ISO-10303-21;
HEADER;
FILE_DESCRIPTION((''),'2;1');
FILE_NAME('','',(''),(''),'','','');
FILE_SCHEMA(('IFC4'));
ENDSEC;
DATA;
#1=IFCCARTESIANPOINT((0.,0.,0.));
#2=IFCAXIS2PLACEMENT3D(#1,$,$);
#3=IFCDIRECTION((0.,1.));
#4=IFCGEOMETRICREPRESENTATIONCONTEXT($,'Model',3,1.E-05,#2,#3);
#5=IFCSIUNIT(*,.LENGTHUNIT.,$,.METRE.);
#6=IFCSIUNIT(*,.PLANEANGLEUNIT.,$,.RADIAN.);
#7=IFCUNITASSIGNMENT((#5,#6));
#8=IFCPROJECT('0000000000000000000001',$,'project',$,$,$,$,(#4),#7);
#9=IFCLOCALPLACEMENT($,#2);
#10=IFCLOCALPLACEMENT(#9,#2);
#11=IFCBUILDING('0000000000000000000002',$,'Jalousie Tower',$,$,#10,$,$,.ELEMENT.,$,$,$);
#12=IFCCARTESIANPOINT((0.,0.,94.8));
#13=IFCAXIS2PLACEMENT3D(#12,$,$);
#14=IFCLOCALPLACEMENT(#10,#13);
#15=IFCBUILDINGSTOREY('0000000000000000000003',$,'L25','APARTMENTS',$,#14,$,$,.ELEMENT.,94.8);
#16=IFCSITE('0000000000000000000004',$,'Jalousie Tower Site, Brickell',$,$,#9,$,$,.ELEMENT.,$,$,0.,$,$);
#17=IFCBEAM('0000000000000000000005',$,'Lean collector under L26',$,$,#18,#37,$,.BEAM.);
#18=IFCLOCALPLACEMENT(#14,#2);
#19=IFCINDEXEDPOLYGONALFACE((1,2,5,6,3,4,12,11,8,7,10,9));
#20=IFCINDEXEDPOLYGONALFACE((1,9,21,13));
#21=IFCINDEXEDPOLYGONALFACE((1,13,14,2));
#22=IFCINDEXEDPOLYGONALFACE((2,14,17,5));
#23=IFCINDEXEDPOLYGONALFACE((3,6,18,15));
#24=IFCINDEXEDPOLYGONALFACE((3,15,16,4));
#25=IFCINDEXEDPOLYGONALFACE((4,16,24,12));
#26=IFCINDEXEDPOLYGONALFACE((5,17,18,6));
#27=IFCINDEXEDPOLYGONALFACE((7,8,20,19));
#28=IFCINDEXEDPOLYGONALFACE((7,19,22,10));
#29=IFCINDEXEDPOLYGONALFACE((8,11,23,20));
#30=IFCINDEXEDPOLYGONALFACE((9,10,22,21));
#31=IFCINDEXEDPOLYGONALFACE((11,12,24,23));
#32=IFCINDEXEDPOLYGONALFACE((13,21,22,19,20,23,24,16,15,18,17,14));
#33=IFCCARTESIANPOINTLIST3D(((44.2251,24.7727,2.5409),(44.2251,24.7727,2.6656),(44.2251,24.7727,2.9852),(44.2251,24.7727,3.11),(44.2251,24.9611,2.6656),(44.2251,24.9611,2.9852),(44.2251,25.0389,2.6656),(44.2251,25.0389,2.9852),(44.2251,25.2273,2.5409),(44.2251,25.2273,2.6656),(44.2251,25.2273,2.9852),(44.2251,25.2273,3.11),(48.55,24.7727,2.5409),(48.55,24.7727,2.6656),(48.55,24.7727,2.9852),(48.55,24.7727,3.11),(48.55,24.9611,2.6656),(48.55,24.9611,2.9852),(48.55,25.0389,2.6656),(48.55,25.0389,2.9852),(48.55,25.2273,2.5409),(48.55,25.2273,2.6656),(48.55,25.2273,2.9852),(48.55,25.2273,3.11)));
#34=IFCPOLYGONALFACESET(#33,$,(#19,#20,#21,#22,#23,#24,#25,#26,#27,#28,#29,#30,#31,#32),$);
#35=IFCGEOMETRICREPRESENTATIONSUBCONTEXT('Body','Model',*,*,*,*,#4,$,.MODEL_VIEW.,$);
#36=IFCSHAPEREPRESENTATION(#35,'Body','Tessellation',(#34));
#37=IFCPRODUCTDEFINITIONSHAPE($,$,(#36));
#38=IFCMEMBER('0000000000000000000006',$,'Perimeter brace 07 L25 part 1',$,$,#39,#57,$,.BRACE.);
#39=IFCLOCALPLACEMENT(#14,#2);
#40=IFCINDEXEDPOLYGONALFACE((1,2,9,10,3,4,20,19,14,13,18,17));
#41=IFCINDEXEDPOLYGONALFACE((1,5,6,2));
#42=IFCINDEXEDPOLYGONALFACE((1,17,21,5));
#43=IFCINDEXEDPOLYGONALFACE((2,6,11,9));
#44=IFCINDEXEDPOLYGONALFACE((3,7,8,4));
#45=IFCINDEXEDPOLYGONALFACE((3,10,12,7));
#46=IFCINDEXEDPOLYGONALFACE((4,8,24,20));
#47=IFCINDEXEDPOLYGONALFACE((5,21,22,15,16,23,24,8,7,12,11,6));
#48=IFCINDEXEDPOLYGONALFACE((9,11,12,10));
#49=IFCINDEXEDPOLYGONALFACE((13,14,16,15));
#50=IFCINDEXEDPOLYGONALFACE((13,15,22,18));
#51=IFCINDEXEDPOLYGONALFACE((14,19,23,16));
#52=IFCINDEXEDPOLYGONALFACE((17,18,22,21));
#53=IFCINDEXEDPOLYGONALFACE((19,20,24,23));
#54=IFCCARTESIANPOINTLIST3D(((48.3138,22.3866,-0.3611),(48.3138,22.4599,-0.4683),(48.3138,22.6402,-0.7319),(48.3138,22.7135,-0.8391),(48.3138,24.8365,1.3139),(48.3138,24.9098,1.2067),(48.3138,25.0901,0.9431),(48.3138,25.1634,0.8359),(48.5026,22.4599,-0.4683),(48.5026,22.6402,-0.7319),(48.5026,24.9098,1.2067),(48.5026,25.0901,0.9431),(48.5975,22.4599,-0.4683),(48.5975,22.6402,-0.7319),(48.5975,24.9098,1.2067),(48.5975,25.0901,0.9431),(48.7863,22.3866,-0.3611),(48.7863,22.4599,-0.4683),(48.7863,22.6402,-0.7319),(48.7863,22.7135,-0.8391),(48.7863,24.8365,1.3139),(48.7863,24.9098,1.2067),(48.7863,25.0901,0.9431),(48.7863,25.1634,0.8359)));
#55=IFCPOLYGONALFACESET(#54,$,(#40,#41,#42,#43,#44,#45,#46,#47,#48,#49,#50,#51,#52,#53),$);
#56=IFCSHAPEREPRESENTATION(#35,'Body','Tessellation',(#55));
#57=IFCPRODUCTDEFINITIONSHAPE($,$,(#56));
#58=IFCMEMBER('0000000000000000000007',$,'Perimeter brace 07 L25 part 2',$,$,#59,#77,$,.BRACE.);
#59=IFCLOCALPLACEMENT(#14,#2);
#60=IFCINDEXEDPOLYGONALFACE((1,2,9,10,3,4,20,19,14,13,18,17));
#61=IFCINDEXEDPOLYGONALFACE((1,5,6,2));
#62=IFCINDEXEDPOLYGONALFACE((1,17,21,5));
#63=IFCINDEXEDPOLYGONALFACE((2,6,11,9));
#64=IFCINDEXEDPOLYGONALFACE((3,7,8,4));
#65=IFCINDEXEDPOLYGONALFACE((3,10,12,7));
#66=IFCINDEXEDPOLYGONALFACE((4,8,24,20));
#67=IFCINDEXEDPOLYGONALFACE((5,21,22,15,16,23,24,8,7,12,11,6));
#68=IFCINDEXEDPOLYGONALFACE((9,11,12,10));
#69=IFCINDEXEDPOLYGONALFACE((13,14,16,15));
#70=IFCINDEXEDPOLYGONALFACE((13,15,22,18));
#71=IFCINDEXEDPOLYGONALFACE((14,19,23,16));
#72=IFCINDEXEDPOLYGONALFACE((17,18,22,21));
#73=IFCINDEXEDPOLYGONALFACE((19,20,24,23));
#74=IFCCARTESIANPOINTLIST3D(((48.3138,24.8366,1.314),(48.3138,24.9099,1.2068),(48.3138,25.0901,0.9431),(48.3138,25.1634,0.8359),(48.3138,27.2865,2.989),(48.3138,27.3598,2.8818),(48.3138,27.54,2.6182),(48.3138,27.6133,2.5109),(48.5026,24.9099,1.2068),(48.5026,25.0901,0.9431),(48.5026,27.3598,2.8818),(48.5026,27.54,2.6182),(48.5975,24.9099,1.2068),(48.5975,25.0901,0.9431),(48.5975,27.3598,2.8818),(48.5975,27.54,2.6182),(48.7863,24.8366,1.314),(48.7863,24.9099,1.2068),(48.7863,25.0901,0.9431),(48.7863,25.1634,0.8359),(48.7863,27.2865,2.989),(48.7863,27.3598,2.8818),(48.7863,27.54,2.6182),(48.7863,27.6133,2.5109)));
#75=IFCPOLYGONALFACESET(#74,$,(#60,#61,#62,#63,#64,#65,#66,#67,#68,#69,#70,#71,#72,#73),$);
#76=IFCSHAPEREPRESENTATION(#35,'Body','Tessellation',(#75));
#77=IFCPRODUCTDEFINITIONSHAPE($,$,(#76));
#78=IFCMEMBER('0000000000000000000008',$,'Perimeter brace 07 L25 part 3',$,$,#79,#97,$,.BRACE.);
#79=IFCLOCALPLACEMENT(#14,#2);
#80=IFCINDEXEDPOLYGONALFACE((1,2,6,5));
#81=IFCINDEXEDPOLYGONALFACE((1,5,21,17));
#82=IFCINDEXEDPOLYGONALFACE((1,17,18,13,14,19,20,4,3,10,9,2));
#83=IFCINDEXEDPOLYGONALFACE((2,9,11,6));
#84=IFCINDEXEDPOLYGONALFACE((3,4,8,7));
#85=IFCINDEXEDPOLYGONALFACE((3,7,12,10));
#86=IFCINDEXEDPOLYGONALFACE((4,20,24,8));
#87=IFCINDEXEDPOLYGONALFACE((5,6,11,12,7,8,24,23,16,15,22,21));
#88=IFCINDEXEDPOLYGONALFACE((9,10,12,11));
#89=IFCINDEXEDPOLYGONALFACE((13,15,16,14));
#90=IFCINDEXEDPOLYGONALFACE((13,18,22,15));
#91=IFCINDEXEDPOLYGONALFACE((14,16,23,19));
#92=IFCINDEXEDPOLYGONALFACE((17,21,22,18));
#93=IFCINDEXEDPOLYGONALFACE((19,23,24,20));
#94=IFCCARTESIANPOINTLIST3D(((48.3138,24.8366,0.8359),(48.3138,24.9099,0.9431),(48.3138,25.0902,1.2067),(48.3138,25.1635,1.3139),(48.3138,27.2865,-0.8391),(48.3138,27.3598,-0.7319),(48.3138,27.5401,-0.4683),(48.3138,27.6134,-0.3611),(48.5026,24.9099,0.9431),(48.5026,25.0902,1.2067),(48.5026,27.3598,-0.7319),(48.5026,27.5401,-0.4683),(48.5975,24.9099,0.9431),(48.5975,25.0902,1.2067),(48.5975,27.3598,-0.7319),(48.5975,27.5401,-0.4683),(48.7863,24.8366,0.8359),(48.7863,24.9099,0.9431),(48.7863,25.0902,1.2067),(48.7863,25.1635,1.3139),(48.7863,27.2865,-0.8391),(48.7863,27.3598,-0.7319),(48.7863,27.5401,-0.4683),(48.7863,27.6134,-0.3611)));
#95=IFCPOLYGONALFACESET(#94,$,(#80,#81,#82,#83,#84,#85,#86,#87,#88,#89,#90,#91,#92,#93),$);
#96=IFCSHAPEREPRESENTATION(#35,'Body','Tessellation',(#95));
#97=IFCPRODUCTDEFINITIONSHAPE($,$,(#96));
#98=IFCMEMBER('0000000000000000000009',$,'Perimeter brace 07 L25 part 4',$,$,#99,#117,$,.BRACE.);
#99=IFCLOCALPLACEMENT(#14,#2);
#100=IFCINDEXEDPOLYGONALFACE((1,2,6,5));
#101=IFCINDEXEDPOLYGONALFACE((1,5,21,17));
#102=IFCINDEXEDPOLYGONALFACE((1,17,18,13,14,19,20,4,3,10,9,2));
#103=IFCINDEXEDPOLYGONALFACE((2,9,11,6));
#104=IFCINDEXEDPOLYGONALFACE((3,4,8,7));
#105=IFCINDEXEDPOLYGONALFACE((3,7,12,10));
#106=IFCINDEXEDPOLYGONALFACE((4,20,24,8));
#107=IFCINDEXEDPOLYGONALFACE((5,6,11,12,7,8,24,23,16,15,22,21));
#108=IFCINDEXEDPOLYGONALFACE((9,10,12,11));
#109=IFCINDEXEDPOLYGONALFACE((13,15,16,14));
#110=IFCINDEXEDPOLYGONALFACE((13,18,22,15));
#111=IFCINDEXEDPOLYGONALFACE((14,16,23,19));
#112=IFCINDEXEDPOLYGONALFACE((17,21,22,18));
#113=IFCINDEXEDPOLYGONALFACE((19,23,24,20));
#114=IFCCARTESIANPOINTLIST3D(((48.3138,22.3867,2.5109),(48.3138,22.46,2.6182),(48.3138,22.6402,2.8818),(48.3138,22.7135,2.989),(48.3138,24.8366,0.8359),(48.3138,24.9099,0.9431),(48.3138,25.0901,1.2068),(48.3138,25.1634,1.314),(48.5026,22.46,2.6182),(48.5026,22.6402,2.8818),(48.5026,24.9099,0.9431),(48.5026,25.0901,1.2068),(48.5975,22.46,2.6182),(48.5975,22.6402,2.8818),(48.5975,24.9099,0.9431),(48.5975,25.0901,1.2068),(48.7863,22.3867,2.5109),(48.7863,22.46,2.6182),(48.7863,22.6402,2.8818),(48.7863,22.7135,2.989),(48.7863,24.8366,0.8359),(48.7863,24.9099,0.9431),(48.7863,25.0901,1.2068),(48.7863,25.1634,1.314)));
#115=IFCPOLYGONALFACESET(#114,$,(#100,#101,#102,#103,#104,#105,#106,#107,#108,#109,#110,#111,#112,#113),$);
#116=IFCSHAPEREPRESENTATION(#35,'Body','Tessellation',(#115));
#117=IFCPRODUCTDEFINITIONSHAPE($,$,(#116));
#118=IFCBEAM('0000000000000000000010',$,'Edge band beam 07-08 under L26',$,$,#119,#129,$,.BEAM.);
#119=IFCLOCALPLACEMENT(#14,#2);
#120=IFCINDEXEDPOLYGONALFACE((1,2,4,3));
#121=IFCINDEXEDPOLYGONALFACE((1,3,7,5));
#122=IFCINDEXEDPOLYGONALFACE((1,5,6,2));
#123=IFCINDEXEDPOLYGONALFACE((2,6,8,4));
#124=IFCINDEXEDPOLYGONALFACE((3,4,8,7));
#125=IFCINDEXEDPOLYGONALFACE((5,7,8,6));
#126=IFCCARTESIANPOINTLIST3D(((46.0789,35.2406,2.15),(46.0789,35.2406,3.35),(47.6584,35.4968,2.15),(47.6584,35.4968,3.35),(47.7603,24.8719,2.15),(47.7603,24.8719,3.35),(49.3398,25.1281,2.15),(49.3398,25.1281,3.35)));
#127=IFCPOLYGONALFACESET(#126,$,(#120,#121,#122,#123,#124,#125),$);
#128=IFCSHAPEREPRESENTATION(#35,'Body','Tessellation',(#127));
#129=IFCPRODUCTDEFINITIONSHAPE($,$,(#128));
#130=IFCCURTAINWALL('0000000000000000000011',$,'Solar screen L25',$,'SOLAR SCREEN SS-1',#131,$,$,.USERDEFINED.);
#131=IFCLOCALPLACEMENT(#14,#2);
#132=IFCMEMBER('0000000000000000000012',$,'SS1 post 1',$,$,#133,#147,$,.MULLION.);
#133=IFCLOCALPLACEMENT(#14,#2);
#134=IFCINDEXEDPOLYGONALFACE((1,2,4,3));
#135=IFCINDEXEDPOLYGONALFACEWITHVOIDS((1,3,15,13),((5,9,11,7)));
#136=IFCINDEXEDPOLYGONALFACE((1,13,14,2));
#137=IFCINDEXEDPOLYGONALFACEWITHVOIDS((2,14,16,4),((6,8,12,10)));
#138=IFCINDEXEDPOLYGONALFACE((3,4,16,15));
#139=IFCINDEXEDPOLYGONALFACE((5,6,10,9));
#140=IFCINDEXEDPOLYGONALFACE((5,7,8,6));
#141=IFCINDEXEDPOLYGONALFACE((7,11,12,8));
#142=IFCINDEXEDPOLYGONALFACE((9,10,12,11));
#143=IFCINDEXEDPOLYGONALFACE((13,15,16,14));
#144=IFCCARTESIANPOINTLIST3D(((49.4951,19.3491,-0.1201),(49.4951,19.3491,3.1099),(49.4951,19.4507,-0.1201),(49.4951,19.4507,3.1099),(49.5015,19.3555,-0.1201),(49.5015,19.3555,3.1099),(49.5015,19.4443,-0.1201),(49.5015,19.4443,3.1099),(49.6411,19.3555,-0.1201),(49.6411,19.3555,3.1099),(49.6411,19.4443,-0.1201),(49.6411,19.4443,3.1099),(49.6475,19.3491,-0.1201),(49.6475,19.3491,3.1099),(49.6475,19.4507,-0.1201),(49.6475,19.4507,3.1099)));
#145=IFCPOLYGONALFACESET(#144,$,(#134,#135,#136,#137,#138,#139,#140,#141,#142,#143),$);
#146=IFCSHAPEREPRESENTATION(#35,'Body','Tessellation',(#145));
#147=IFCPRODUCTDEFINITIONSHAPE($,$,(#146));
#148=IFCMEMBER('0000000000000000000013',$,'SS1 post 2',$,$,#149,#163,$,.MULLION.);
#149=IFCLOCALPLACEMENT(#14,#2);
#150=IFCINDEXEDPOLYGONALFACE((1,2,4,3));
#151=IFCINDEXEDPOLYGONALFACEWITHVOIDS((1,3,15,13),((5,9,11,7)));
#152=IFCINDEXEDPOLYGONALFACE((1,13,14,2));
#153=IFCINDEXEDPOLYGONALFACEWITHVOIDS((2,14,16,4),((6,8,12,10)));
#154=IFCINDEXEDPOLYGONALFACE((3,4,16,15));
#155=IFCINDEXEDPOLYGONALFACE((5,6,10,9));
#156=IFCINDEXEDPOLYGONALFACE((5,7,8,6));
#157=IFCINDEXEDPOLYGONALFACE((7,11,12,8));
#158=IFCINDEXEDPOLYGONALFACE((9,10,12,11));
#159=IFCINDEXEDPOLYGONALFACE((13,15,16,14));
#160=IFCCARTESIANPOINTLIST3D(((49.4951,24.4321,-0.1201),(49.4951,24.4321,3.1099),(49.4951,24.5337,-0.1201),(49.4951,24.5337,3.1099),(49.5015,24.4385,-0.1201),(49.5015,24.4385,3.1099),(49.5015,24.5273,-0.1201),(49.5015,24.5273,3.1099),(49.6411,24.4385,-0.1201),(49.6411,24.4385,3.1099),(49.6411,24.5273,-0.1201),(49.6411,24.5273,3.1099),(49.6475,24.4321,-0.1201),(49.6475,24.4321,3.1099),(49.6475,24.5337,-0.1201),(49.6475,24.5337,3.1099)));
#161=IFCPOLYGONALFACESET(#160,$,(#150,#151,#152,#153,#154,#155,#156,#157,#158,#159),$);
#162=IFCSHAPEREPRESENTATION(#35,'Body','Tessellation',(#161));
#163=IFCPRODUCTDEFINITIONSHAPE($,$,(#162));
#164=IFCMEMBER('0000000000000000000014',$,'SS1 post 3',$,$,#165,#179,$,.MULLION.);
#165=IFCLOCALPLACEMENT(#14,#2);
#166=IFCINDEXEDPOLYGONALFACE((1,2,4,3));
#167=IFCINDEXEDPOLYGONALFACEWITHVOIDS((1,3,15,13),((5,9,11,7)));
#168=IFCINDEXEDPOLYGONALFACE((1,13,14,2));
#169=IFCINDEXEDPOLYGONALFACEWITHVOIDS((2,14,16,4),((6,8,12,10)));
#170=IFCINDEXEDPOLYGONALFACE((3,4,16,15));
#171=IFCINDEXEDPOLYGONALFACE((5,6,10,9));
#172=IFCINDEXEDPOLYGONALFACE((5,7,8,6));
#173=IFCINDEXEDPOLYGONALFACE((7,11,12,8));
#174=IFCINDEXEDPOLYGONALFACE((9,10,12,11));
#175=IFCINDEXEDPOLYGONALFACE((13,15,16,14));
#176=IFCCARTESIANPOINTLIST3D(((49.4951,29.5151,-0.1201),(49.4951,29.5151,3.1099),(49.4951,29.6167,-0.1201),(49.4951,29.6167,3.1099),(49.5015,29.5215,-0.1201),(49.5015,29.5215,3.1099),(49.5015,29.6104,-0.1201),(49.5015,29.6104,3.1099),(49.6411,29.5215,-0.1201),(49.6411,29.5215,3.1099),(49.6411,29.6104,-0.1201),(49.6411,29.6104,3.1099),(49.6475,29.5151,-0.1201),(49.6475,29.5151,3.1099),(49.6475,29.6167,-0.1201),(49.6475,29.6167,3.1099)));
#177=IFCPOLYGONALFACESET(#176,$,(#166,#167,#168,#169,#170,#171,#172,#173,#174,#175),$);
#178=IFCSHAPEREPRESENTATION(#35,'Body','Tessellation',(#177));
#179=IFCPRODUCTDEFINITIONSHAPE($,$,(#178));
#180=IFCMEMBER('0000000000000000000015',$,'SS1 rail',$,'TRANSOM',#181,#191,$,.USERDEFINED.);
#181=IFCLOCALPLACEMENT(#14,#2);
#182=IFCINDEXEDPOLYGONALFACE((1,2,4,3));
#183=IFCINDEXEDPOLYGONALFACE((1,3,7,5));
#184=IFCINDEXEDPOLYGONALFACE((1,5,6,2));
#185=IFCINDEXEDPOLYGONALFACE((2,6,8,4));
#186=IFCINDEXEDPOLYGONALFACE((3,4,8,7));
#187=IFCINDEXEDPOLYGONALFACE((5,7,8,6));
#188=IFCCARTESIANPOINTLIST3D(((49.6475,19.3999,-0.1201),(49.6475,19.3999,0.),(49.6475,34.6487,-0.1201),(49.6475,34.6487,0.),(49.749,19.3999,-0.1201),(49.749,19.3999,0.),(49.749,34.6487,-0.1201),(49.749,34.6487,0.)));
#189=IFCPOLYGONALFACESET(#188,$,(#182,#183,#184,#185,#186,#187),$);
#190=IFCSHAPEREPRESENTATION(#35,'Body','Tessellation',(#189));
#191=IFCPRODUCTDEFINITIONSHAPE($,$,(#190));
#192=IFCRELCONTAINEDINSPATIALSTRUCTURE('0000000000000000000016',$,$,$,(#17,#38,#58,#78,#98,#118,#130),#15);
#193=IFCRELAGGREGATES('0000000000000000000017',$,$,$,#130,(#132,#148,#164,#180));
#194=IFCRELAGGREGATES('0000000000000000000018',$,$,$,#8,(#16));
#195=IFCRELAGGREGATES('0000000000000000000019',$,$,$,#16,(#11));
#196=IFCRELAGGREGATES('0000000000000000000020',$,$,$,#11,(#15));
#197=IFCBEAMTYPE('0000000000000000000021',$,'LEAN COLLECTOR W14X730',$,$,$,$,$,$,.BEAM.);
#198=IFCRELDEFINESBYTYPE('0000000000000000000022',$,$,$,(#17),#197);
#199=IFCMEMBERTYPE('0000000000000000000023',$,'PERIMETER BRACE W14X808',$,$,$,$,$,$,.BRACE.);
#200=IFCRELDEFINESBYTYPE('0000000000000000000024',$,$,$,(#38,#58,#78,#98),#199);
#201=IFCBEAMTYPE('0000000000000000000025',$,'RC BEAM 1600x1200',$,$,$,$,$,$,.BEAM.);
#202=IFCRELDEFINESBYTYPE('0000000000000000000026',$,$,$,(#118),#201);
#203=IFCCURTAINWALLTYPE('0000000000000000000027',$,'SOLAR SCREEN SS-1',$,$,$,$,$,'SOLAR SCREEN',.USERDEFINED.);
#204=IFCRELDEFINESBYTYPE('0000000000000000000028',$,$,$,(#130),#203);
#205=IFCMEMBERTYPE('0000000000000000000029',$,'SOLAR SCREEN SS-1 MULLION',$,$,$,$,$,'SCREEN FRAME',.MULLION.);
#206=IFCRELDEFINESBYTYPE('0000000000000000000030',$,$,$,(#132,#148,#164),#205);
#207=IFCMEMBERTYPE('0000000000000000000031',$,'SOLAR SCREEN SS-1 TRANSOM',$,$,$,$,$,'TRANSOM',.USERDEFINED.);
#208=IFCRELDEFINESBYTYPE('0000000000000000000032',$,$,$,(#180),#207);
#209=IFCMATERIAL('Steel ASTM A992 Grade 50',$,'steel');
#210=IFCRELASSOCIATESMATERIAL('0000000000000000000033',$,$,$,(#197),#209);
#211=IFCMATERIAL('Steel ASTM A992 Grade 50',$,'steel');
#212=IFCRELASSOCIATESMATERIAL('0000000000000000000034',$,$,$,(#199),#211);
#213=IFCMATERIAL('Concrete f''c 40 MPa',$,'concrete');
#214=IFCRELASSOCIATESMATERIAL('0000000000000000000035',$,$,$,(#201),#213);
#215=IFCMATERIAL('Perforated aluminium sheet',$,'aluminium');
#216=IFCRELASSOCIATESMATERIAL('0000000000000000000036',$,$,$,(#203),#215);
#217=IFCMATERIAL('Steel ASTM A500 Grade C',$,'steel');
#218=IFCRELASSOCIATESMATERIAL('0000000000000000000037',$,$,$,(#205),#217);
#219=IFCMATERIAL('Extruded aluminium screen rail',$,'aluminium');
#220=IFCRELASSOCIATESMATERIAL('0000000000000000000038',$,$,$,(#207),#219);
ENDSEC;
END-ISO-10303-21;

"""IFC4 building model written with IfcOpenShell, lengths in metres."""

from ifc_helpers import new_model, si_unit, direction, frame, origin, origin_2d, place, context, subcontext, project, spatial, rectangle, hollow_rectangle, i_section, extrude, material, material_profile, profile_set, type_object, element, aggregate, save


model = new_model("IFC4")

# Units and contexts
model_context = context("Model", 3, precision=1e-05, world=origin(), true_north=direction((0.0, 1.0)))
body_context = subcontext(model_context, "Body", "Model", "MODEL_VIEW")
ifc_project = project(units=[si_unit("LENGTHUNIT", "METRE"), si_unit("PLANEANGLEUNIT", "RADIAN")], contexts=[model_context])

# Site, building, storey
site_placement = place(None, origin())
site = spatial("IfcSite", under=ifc_project, at=site_placement, Name="Jalousie Tower Site, Brickell", CompositionType="ELEMENT", RefElevation=0.0)
building_placement = place(site_placement, origin())
building = spatial("IfcBuilding", under=site, at=building_placement, Name="Jalousie Tower", CompositionType="ELEMENT")
storey_placement = place(building_placement, frame((0.0, 0.0, 94.8)))
storey = spatial("IfcBuildingStorey", under=building, at=storey_placement, Name="L25", Description="APARTMENTS", CompositionType="ELEMENT", Elevation=94.8)

# Beam
ifc_material_1 = material(Name="Steel ASTM A992 Grade 50", Category="steel")
ifc_material_profile_1 = material_profile(ifc_material_1, i_section(OverallWidth=0.4546, OverallDepth=0.5691, WebThickness=0.0779, FlangeThickness=0.1248, at=origin_2d()), Name="W14X730")
ifc_profile_set_1 = profile_set([ifc_material_profile_1], Name="Steel ASTM A992 Grade 50")
beam_type_1 = type_object("IfcBeamType", Name="LEAN COLLECTOR W14X730", PredefinedType="BEAM", material=ifc_profile_set_1)
beam_1_placement = place(storey_placement, frame((48.55, 25.0, 2.8254), z_axis=(-1.0, 0.0, 0.0), x_axis=(0.0, -1.0, 0.0)))
element("IfcBeam", 1, at=beam_1_placement, inside=storey, type_object=beam_type_1, Name="Lean collector under L26", PredefinedType="BEAM", context=body_context, shape_type="SweptSolid", body=[
    extrude(i_section(OverallWidth=0.4546, OverallDepth=0.5691, WebThickness=0.0779, FlangeThickness=0.1248, at=origin_2d()), origin(), (0.0, 0.0, 1.0), 4.325),
])

# Members
ifc_material_2 = material(Name="Steel ASTM A992 Grade 50", Category="steel")
ifc_material_profile_2 = material_profile(ifc_material_2, i_section(OverallWidth=0.4724, OverallDepth=0.5791, WebThickness=0.095, FlangeThickness=0.1299, at=origin_2d()), Name="W14X808")
ifc_profile_set_2 = profile_set([ifc_material_profile_2], Name="Steel ASTM A992 Grade 50")
member_type_1 = type_object("IfcMemberType", Name="PERIMETER BRACE W14X808", PredefinedType="BRACE", material=ifc_profile_set_2)
for number, where, z_axis, x_axis, name in (
    (2, (48.55, 22.55, -0.6001), (0.0, 0.825501, 0.564401), (-1.0, 0.0, 0.0), "Perimeter brace 07 L25 part 1"),
    (3, (48.55, 25.0, 1.075), (0.0, 0.825501, 0.564401), (-1.0, 0.0, 0.0), "Perimeter brace 07 L25 part 2"),
    (4, (48.55, 27.45, -0.6001), (0.0, -0.825501, 0.564401), (1.0, 0.0, 0.0), "Perimeter brace 07 L25 part 3"),
    (5, (48.55, 25.0, 1.075), (0.0, -0.825501, 0.564401), (1.0, 0.0, 0.0), "Perimeter brace 07 L25 part 4"),
):
    element("IfcMember", number, at=place(storey_placement, frame(where, z_axis=z_axis, x_axis=x_axis)), inside=storey, type_object=member_type_1, Name=name, PredefinedType="BRACE", context=body_context, shape_type="SweptSolid", body=[
        extrude(i_section(OverallWidth=0.4724, OverallDepth=0.5791, WebThickness=0.095, FlangeThickness=0.1299, at=origin_2d()), origin(), (0.0, 0.0, 1.0), 2.9678),
    ])

# Beam
ifc_material_3 = material(Name="Concrete f'c 40 MPa", Category="concrete")
ifc_material_profile_3 = material_profile(ifc_material_3, rectangle(XDim=1.6001, YDim=1.2, at=origin_2d()), Name="RC 1600x1200")
ifc_profile_set_3 = profile_set([ifc_material_profile_3], Name="Concrete f'c 40 MPa")
beam_type_2 = type_object("IfcBeamType", Name="RC BEAM 1600x1200", PredefinedType="BEAM", material=ifc_profile_set_3)
beam_2_placement = place(storey_placement, frame((48.55, 25.0, 2.75), z_axis=(-0.160071, 0.987106, 0.0), x_axis=(-0.987106, -0.160071, 0.0)))
element("IfcBeam", 6, at=beam_2_placement, inside=storey, type_object=beam_type_2, Name="Edge band beam 07-08 under L26", PredefinedType="BEAM", context=body_context, shape_type="SweptSolid", body=[
    extrude(rectangle(XDim=1.6001, YDim=1.2, at=origin_2d()), origin(), (0.0, 0.0, 1.0), 10.5042),
])

# Curtain wall, members
ifc_material_4 = material(Name="Perforated aluminium sheet", Category="aluminium")
curtain_wall_type = type_object("IfcCurtainWallType", Name="SOLAR SCREEN SS-1", ElementType="SOLAR SCREEN", PredefinedType="USERDEFINED", material=ifc_material_4)
curtain_wall_placement = place(storey_placement, origin())
curtain_wall = element("IfcCurtainWall", 7, at=curtain_wall_placement, inside=storey, type_object=curtain_wall_type, Name="Solar screen L25", ObjectType="SOLAR SCREEN SS-1", PredefinedType="USERDEFINED")
ifc_material_5 = material(Name="Steel ASTM A500 Grade C", Category="steel")
ifc_material_profile_4 = material_profile(ifc_material_5, hollow_rectangle(XDim=0.1016, YDim=0.1523, WallThickness=0.0063, at=origin_2d()), Name="HSS6X4X1/4")
ifc_profile_set_4 = profile_set([ifc_material_profile_4], Name="Steel ASTM A500 Grade C")
member_type_2 = type_object("IfcMemberType", Name="SOLAR SCREEN SS-1 MULLION", ElementType="SCREEN FRAME", PredefinedType="MULLION", material=ifc_profile_set_4)
member_1_placement = place(storey_placement, frame((49.5713, 19.3999, -0.1201), z_axis=(0.0, 0.0, 1.0), x_axis=(0.0, 1.0, 0.0)))
member_1 = element("IfcMember", 8, at=member_1_placement, type_object=member_type_2, Name="SS1 post 1", PredefinedType="MULLION", context=body_context, shape_type="SweptSolid", body=[
    extrude(hollow_rectangle(XDim=0.1016, YDim=0.1523, WallThickness=0.0063, at=origin_2d()), origin(), (0.0, 0.0, 1.0), 3.23),
])
member_2_placement = place(storey_placement, frame((49.5713, 24.4829, -0.1201), z_axis=(0.0, 0.0, 1.0), x_axis=(0.0, 1.0, 0.0)))
member_2 = element("IfcMember", 9, at=member_2_placement, type_object=member_type_2, Name="SS1 post 2", PredefinedType="MULLION", context=body_context, shape_type="SweptSolid", body=[
    extrude(hollow_rectangle(XDim=0.1016, YDim=0.1523, WallThickness=0.0063, at=origin_2d()), origin(), (0.0, 0.0, 1.0), 3.23),
])
member_3_placement = place(storey_placement, frame((49.5713, 29.5659, -0.1201), z_axis=(0.0, 0.0, 1.0), x_axis=(0.0, 1.0, 0.0)))
member_3 = element("IfcMember", 10, at=member_3_placement, type_object=member_type_2, Name="SS1 post 3", PredefinedType="MULLION", context=body_context, shape_type="SweptSolid", body=[
    extrude(hollow_rectangle(XDim=0.1016, YDim=0.1523, WallThickness=0.0063, at=origin_2d()), origin(), (0.0, 0.0, 1.0), 3.23),
])
ifc_material_6 = material(Name="Extruded aluminium screen rail", Category="aluminium")
ifc_material_profile_5 = material_profile(ifc_material_6, rectangle(XDim=0.1016, YDim=0.1201, at=origin_2d()), Name="RAIL 102x120")
ifc_profile_set_5 = profile_set([ifc_material_profile_5], Name="Extruded aluminium screen rail")
member_type_3 = type_object("IfcMemberType", Name="SOLAR SCREEN SS-1 TRANSOM", ElementType="TRANSOM", PredefinedType="USERDEFINED", material=ifc_profile_set_5)
member_4_placement = place(storey_placement, frame((49.6982, 19.3999, -0.0601), z_axis=(0.0, 1.0, 0.0), x_axis=(-1.0, 0.0, 0.0)))
member_4 = element("IfcMember", 11, at=member_4_placement, type_object=member_type_3, Name="SS1 rail", ObjectType="TRANSOM", PredefinedType="USERDEFINED", context=body_context, shape_type="SweptSolid", body=[
    extrude(rectangle(XDim=0.1016, YDim=0.1201, at=origin_2d()), origin(), (0.0, 0.0, 1.0), 15.2488),
])
aggregate(curtain_wall, [member_1, member_2, member_3, member_4])

save(model, "model.ifc")
